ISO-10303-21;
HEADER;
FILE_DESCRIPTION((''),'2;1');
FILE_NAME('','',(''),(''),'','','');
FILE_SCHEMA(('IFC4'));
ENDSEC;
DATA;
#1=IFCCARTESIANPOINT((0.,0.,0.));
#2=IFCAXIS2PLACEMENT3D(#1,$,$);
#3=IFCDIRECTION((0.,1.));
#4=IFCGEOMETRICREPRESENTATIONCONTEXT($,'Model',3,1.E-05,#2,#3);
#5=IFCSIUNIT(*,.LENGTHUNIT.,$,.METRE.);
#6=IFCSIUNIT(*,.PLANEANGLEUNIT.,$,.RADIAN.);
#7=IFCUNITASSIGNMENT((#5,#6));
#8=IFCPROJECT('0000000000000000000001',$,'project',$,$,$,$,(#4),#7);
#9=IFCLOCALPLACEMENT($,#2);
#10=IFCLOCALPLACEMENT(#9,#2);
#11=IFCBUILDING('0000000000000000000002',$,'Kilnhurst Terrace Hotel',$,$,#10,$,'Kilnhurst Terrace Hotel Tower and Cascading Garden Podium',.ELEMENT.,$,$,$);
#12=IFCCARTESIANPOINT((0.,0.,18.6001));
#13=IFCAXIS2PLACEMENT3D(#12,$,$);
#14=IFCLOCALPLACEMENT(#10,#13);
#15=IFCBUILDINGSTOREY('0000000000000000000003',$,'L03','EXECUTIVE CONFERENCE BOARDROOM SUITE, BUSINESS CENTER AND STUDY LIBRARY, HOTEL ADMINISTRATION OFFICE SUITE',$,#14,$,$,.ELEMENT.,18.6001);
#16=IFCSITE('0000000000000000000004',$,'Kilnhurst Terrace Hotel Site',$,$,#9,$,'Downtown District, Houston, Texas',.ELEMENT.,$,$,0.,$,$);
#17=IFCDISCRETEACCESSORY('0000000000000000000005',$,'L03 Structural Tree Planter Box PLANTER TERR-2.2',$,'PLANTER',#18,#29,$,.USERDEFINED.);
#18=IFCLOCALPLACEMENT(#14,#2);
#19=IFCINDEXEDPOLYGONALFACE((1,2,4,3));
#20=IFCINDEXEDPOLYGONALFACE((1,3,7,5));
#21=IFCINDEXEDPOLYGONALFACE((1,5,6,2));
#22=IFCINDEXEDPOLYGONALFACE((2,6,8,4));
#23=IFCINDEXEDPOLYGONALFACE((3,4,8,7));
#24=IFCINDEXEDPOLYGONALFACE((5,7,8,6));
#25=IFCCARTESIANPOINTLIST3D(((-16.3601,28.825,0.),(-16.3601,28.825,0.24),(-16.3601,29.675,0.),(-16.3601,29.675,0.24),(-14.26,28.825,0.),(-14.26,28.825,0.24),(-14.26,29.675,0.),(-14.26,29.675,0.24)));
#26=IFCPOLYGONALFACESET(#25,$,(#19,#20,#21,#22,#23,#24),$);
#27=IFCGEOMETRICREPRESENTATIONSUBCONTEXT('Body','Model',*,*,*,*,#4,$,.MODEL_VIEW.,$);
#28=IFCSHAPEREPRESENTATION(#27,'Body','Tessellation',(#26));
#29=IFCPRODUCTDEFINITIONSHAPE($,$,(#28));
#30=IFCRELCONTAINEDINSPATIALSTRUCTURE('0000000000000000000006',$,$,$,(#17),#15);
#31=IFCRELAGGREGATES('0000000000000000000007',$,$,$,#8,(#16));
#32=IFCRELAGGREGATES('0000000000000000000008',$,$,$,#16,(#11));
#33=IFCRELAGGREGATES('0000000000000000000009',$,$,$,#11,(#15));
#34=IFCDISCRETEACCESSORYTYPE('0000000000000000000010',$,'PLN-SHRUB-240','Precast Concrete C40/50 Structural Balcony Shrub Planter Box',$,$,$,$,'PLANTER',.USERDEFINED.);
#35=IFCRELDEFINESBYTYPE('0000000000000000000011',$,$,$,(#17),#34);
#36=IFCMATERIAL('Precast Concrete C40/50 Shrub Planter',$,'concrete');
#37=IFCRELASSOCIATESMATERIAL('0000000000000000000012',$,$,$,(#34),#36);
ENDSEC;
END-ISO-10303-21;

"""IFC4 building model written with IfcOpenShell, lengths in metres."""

from ifc_helpers import new_model, si_unit, direction, frame, origin, origin_2d, place, context, subcontext, project, spatial, rectangle, extrude, material, type_object, element, save


model = new_model("IFC4")

# Units and contexts
model_context = context("Model", 3, precision=1e-05, world=origin(), true_north=direction((0.0, 1.0)))
body_context = subcontext(model_context, "Body", "Model", "MODEL_VIEW")
ifc_project = project(units=[si_unit("LENGTHUNIT", "METRE"), si_unit("PLANEANGLEUNIT", "RADIAN")], contexts=[model_context])

# Site, building, storey
site_placement = place(None, origin())
site = spatial("IfcSite", under=ifc_project, at=site_placement, Name="Kilnhurst Terrace Hotel Site", LongName="Downtown District, Houston, Texas", CompositionType="ELEMENT", RefElevation=0.0)
building_placement = place(site_placement, origin())
building = spatial("IfcBuilding", under=site, at=building_placement, Name="Kilnhurst Terrace Hotel", LongName="Kilnhurst Terrace Hotel Tower and Cascading Garden Podium", CompositionType="ELEMENT")
storey_placement = place(building_placement, frame((0.0, 0.0, 18.6001)))
storey = spatial("IfcBuildingStorey", under=building, at=storey_placement, Name="L03", Description="EXECUTIVE CONFERENCE BOARDROOM SUITE, BUSINESS CENTER AND STUDY LIBRARY, HOTEL ADMINISTRATION OFFICE SUITE", CompositionType="ELEMENT", Elevation=18.6001)

# Discrete accessory
ifc_material_1 = material(Name="Precast Concrete C40/50 Shrub Planter", Category="concrete")
discrete_accessory_type = type_object("IfcDiscreteAccessoryType", Name="PLN-SHRUB-240", Description="Precast Concrete C40/50 Structural Balcony Shrub Planter Box", ElementType="PLANTER", PredefinedType="USERDEFINED", material=ifc_material_1)
discrete_accessory_placement = place(storey_placement, frame((-15.3101, 29.25, 0.0), z_axis=(0.0, 0.0, 1.0), x_axis=(-1.0, 0.0, 0.0)))
element("IfcDiscreteAccessory", 1, at=discrete_accessory_placement, inside=storey, type_object=discrete_accessory_type, Name="L03 Structural Tree Planter Box PLANTER TERR-2.2", ObjectType="PLANTER", PredefinedType="USERDEFINED", context=body_context, shape_type="SweptSolid", body=[
    extrude(rectangle(XDim=2.1001, YDim=0.8501, at=origin_2d()), origin(), (0.0, 0.0, 1.0), 0.24),
])

save(model, "model.ifc")
